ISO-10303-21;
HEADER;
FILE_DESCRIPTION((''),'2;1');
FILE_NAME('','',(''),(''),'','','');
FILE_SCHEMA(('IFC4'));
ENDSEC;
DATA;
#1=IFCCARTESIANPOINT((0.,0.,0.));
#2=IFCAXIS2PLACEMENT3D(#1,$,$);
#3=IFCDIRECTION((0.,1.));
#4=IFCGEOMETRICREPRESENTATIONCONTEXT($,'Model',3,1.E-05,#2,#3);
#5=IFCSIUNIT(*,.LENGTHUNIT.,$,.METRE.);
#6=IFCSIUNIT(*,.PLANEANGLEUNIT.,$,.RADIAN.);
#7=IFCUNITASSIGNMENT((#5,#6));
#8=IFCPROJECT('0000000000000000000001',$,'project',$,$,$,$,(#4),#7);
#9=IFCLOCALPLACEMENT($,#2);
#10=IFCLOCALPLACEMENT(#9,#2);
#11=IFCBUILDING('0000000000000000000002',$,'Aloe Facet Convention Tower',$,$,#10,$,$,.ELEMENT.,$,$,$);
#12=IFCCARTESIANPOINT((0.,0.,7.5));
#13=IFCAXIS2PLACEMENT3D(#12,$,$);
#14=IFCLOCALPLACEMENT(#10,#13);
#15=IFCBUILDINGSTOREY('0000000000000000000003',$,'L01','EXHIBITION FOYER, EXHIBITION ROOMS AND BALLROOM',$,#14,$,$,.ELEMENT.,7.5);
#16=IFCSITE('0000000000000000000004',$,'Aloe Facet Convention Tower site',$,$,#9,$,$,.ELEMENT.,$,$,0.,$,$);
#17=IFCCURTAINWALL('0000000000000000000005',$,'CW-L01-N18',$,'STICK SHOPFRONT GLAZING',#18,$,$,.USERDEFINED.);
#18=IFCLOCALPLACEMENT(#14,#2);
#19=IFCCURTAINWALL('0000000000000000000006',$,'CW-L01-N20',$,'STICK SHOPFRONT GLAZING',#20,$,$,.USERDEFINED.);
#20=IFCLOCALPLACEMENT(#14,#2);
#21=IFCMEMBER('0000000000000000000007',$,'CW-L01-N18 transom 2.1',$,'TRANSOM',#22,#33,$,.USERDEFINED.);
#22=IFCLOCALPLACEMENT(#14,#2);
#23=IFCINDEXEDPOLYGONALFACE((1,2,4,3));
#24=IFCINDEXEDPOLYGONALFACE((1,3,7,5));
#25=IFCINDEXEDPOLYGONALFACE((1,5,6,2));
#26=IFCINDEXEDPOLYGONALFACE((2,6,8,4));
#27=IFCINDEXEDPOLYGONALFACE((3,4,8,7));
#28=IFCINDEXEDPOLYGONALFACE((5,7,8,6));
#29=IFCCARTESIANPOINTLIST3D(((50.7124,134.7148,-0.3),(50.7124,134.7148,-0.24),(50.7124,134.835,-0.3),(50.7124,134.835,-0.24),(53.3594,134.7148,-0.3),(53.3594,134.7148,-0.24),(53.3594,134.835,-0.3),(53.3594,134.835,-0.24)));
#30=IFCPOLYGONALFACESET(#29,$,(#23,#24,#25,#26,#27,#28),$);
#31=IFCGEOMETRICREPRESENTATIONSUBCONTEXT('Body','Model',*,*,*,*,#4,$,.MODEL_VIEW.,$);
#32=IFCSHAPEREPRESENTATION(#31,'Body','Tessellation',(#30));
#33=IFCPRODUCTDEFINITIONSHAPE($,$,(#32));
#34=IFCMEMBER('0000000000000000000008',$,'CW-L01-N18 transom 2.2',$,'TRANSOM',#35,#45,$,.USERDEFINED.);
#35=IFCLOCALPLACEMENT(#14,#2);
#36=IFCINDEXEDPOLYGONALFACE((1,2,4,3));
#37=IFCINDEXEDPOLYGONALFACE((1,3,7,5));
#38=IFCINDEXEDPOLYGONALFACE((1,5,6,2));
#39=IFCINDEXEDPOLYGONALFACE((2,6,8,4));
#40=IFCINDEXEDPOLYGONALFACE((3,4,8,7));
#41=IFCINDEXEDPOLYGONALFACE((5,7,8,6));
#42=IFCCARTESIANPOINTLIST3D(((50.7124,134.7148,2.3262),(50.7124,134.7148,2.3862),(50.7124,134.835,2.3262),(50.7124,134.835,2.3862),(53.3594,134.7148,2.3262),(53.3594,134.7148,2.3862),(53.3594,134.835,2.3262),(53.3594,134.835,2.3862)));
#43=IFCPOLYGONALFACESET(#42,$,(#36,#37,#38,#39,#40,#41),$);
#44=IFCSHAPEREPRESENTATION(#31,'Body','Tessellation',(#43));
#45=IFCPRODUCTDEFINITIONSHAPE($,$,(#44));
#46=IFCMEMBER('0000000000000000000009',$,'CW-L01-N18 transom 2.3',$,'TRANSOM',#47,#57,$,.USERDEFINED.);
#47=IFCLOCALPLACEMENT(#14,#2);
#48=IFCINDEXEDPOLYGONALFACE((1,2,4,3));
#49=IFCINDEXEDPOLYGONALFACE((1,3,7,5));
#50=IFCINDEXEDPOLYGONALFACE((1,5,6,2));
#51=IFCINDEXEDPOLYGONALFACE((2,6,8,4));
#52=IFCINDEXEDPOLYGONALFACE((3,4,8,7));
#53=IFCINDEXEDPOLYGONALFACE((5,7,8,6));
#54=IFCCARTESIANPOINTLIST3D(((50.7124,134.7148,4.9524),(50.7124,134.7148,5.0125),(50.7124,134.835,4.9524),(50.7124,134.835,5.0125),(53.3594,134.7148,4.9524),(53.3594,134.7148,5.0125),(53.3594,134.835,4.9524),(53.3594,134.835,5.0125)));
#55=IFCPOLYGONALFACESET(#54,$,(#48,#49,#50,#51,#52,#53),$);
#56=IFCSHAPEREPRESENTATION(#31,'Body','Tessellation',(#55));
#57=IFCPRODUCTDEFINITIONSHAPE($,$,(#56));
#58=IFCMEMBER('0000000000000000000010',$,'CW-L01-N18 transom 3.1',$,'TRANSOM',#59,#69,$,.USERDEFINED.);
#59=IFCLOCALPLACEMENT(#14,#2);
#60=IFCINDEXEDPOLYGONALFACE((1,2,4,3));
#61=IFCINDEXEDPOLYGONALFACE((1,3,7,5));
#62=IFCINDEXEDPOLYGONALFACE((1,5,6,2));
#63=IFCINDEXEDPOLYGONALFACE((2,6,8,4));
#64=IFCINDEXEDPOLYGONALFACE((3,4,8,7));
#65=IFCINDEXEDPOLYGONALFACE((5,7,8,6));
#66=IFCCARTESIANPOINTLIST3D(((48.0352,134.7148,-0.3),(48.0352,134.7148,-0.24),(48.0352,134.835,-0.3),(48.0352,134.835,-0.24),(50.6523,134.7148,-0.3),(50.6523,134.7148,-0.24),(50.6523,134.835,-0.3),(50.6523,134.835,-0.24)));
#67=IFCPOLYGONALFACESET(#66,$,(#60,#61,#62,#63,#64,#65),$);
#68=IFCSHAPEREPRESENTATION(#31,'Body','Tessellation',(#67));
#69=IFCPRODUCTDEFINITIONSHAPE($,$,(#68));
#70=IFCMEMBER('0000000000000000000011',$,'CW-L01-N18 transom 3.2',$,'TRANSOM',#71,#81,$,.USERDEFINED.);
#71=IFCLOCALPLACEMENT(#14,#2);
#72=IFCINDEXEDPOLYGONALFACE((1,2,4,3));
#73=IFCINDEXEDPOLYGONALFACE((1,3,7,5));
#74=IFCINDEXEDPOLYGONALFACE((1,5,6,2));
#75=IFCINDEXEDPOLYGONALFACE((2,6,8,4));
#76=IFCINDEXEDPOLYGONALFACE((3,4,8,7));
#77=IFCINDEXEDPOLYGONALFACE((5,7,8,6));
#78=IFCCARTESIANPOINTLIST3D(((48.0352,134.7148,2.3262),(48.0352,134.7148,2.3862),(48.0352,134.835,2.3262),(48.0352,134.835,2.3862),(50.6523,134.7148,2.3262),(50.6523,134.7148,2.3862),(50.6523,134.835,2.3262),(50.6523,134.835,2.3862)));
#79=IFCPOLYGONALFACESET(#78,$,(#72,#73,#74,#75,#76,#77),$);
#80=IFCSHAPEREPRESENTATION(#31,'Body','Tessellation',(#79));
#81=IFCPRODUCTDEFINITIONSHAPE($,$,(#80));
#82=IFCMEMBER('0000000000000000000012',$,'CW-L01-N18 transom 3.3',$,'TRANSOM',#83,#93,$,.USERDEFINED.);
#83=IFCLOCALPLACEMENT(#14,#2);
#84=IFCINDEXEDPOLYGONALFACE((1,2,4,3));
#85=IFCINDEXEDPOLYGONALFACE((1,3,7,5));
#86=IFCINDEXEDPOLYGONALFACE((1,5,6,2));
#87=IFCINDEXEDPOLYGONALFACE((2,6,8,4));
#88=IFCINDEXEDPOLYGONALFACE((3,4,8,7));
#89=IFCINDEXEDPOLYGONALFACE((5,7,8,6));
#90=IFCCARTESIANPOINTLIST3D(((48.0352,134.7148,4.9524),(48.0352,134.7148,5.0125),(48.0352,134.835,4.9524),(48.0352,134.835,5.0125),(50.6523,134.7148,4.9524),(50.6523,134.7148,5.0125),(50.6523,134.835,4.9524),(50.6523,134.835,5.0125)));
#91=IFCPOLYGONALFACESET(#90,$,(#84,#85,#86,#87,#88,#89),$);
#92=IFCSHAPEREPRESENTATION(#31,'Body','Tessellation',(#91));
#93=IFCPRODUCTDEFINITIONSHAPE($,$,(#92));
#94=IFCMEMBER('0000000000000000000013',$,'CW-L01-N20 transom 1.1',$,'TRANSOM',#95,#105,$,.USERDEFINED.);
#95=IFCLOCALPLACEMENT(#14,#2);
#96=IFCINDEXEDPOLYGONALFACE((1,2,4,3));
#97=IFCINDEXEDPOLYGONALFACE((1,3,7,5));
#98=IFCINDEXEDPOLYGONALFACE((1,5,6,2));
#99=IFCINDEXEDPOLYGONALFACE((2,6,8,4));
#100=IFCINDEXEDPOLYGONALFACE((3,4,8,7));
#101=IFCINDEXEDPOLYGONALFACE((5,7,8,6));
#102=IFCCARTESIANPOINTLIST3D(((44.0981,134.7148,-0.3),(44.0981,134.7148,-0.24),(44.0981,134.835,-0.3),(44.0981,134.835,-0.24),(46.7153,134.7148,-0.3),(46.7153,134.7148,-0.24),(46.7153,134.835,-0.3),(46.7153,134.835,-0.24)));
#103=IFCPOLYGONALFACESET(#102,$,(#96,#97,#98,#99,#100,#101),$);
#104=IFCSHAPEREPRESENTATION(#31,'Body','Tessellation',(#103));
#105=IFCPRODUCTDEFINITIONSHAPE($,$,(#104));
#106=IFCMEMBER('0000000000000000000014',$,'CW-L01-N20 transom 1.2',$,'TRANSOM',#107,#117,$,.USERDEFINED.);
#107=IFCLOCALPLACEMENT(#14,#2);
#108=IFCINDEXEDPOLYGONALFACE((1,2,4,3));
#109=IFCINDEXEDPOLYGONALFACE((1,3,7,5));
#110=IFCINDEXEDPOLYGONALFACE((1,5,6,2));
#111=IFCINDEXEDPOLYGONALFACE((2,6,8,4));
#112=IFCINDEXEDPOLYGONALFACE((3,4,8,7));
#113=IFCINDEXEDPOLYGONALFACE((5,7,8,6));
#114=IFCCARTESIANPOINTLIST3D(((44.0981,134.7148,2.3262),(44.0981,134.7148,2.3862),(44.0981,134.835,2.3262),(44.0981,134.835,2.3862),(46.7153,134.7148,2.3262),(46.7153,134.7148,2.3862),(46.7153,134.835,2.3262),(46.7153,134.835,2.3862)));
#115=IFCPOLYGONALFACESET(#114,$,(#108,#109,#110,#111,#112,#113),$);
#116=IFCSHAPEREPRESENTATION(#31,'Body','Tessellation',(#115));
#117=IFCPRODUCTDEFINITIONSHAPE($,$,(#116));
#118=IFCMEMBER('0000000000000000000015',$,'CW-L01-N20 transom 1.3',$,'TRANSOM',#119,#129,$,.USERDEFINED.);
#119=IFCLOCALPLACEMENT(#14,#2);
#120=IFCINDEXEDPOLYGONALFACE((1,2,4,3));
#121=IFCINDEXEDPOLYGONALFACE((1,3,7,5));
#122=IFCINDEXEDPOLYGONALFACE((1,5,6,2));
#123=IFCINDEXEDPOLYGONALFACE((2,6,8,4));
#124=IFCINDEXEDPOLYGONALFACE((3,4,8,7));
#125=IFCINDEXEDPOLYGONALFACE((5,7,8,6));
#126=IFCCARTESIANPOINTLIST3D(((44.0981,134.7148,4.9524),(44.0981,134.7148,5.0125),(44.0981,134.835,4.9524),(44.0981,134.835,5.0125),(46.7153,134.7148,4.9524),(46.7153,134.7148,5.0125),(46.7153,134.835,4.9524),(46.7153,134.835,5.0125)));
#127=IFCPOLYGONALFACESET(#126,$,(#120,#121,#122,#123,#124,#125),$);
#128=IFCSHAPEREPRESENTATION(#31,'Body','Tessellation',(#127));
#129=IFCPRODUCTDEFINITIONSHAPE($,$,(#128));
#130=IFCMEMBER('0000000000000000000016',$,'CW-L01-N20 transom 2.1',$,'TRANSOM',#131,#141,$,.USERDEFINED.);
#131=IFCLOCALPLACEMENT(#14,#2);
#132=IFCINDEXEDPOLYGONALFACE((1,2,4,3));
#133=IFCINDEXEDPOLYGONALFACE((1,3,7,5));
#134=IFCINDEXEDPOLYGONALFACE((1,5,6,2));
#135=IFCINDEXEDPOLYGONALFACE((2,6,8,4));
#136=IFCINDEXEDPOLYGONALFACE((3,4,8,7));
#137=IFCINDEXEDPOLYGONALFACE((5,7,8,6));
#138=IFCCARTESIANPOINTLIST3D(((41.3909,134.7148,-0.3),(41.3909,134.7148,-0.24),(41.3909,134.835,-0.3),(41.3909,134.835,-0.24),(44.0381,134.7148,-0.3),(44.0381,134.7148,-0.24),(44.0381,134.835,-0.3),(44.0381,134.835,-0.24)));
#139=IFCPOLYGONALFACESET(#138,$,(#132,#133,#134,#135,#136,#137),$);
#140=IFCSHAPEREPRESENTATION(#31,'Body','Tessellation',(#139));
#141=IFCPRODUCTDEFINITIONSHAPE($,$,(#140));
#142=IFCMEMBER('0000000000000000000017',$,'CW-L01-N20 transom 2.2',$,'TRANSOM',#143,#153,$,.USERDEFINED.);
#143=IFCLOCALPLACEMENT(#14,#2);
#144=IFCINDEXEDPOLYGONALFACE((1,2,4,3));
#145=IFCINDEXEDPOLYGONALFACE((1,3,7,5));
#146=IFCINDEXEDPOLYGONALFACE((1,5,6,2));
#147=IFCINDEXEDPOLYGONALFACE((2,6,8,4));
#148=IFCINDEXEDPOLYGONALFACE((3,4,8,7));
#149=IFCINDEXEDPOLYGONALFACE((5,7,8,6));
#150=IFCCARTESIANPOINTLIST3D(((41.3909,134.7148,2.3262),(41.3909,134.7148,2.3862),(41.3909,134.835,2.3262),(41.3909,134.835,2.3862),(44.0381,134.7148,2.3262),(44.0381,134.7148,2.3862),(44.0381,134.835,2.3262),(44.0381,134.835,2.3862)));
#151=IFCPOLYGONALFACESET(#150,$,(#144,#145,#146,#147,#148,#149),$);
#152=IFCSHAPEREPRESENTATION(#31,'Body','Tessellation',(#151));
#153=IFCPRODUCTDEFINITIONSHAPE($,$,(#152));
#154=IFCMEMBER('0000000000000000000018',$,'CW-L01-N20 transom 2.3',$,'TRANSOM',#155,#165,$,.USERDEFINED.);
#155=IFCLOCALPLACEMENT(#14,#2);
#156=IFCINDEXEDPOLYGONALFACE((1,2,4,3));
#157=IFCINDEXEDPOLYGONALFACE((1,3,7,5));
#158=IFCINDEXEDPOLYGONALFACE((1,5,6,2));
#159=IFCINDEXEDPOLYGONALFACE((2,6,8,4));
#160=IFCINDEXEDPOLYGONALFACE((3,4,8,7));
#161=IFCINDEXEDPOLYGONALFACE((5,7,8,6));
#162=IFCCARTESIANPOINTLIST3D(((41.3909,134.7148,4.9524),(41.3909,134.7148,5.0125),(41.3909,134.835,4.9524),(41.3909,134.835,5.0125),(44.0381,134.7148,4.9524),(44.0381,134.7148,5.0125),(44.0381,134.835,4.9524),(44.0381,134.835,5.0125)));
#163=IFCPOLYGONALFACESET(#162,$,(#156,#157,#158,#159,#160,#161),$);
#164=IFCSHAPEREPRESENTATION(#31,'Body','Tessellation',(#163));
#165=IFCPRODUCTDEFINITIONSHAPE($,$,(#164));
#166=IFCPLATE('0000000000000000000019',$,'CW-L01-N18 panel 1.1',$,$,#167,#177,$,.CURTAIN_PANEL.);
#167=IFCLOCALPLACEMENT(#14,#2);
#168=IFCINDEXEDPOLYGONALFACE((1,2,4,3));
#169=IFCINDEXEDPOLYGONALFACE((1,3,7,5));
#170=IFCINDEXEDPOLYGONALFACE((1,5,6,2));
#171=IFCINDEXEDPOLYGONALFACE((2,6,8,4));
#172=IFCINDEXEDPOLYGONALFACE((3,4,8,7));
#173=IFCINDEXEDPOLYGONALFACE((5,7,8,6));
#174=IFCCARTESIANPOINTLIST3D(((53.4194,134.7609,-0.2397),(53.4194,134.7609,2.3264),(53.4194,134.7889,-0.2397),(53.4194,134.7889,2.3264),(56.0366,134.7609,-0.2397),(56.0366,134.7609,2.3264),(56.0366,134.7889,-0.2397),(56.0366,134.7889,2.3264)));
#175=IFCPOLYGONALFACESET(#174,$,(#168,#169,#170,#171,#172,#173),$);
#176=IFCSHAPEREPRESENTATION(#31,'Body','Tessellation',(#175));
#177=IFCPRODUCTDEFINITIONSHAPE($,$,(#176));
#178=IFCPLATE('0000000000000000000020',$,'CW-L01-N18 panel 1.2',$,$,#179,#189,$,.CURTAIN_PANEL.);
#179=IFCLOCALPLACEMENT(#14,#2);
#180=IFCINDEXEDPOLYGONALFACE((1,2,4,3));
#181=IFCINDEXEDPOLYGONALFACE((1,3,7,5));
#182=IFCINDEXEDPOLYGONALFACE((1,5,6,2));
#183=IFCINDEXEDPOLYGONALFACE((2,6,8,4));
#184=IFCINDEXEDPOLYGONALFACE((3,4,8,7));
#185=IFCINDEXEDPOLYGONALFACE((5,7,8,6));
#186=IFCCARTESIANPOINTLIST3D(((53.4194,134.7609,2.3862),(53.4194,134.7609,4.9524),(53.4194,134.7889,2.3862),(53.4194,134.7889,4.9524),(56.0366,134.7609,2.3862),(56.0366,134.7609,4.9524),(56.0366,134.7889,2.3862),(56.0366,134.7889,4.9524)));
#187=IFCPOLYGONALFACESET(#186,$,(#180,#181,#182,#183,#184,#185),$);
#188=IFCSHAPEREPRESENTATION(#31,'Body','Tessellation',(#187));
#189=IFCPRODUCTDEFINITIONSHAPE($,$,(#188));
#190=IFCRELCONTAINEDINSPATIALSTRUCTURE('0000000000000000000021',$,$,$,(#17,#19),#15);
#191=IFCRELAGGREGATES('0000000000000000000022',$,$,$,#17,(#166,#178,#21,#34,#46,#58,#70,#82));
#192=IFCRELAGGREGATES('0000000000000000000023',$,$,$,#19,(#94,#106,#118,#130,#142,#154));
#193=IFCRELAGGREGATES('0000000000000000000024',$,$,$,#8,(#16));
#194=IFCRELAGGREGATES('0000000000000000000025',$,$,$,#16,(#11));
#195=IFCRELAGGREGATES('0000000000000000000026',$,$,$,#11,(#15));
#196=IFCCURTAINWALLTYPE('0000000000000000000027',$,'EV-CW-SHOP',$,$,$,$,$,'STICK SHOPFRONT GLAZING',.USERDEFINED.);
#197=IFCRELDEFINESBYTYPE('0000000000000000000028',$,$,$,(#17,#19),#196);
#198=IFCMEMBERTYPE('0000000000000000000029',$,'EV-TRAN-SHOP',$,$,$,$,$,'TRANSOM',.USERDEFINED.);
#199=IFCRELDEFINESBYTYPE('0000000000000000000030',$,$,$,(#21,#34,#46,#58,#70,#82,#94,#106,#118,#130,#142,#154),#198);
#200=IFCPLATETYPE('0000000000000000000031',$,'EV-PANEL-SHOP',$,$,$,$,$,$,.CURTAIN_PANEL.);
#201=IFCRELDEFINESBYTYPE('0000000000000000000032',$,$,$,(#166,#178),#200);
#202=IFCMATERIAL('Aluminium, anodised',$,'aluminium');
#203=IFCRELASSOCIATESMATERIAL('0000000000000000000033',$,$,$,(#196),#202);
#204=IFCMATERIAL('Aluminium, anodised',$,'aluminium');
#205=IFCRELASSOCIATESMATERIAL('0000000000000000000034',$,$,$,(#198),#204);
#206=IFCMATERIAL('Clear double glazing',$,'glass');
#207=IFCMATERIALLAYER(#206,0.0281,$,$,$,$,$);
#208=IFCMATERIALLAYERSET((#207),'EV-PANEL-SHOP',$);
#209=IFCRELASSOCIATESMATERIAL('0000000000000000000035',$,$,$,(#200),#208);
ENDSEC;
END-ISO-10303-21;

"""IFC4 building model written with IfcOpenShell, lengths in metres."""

from ifc_helpers import new_model, si_unit, direction, frame, origin, origin_2d, place, context, subcontext, project, spatial, rectangle, extrude, material, layer, layer_set, material_profile, profile_set, type_object, element, aggregate, save


model = new_model("IFC4")

# Units and contexts
model_context = context("Model", 3, precision=1e-05, world=origin(), true_north=direction((0.0, 1.0)))
body_context = subcontext(model_context, "Body", "Model", "MODEL_VIEW")
ifc_project = project(units=[si_unit("LENGTHUNIT", "METRE"), si_unit("PLANEANGLEUNIT", "RADIAN")], contexts=[model_context])

# Site, building, storey
site_placement = place(None, origin())
site = spatial("IfcSite", under=ifc_project, at=site_placement, Name="Aloe Facet Convention Tower site", CompositionType="ELEMENT", RefElevation=0.0)
building_placement = place(site_placement, origin())
building = spatial("IfcBuilding", under=site, at=building_placement, Name="Aloe Facet Convention Tower", CompositionType="ELEMENT")
storey_placement = place(building_placement, frame((0.0, 0.0, 7.5)))
storey = spatial("IfcBuildingStorey", under=building, at=storey_placement, Name="L01", Description="EXHIBITION FOYER, EXHIBITION ROOMS AND BALLROOM", CompositionType="ELEMENT", Elevation=7.5)

# Curtain walls
ifc_material_1 = material(Name="Aluminium, anodised", Category="aluminium")
curtain_wall_type = type_object("IfcCurtainWallType", Name="EV-CW-SHOP", ElementType="STICK SHOPFRONT GLAZING", PredefinedType="USERDEFINED", material=ifc_material_1)
curtain_wall_1_placement = place(storey_placement, origin())
curtain_wall_1 = element("IfcCurtainWall", 1, at=curtain_wall_1_placement, inside=storey, type_object=curtain_wall_type, Name="CW-L01-N18", ObjectType="STICK SHOPFRONT GLAZING", PredefinedType="USERDEFINED")
curtain_wall_2_placement = place(storey_placement, origin())
curtain_wall_2 = element("IfcCurtainWall", 2, at=curtain_wall_2_placement, inside=storey, type_object=curtain_wall_type, Name="CW-L01-N20", ObjectType="STICK SHOPFRONT GLAZING", PredefinedType="USERDEFINED")

# Members
ifc_material_2 = material(Name="Aluminium, anodised", Category="aluminium")
ifc_material_profile_1 = material_profile(ifc_material_2, rectangle(XDim=0.1201, YDim=0.0601, at=origin_2d()), Name="AL 120x60")
ifc_profile_set_1 = profile_set([ifc_material_profile_1], Name="Aluminium, anodised")
member_type_1 = type_object("IfcMemberType", Name="EV-TRAN-SHOP", ElementType="TRANSOM", PredefinedType="USERDEFINED", material=ifc_profile_set_1)
member_1_placement = place(storey_placement, frame((53.3594, 134.7749, -0.27), z_axis=(-1.0, 0.0, 0.0), x_axis=(0.0, -1.0, 0.0)))
member_1 = element("IfcMember", 3, at=member_1_placement, type_object=member_type_1, Name="CW-L01-N18 transom 2.1", ObjectType="TRANSOM", PredefinedType="USERDEFINED", context=body_context, shape_type="SweptSolid", body=[
    extrude(rectangle(XDim=0.1201, YDim=0.0601, at=origin_2d()), origin(), (0.0, 0.0, 1.0), 2.647),
])
member_2_placement = place(storey_placement, frame((53.3594, 134.7749, 2.3562), z_axis=(-1.0, 0.0, 0.0), x_axis=(0.0, -1.0, 0.0)))
member_2 = element("IfcMember", 4, at=member_2_placement, type_object=member_type_1, Name="CW-L01-N18 transom 2.2", ObjectType="TRANSOM", PredefinedType="USERDEFINED", context=body_context, shape_type="SweptSolid", body=[
    extrude(rectangle(XDim=0.1201, YDim=0.0601, at=origin_2d()), origin(), (0.0, 0.0, 1.0), 2.647),
])
member_3_placement = place(storey_placement, frame((53.3594, 134.7749, 4.9824), z_axis=(-1.0, 0.0, 0.0), x_axis=(0.0, -1.0, 0.0)))
member_3 = element("IfcMember", 5, at=member_3_placement, type_object=member_type_1, Name="CW-L01-N18 transom 2.3", ObjectType="TRANSOM", PredefinedType="USERDEFINED", context=body_context, shape_type="SweptSolid", body=[
    extrude(rectangle(XDim=0.1201, YDim=0.0601, at=origin_2d()), origin(), (0.0, 0.0, 1.0), 2.647),
])
member_4_placement = place(storey_placement, frame((50.6523, 134.7749, -0.27), z_axis=(-1.0, 0.0, 0.0), x_axis=(0.0, -1.0, 0.0)))
member_4 = element("IfcMember", 6, at=member_4_placement, type_object=member_type_1, Name="CW-L01-N18 transom 3.1", ObjectType="TRANSOM", PredefinedType="USERDEFINED", context=body_context, shape_type="SweptSolid", body=[
    extrude(rectangle(XDim=0.1201, YDim=0.0601, at=origin_2d()), origin(), (0.0, 0.0, 1.0), 2.6172),
])
member_5_placement = place(storey_placement, frame((50.6523, 134.7749, 2.3562), z_axis=(-1.0, 0.0, 0.0), x_axis=(0.0, -1.0, 0.0)))
member_5 = element("IfcMember", 7, at=member_5_placement, type_object=member_type_1, Name="CW-L01-N18 transom 3.2", ObjectType="TRANSOM", PredefinedType="USERDEFINED", context=body_context, shape_type="SweptSolid", body=[
    extrude(rectangle(XDim=0.1201, YDim=0.0601, at=origin_2d()), origin(), (0.0, 0.0, 1.0), 2.6172),
])
member_6_placement = place(storey_placement, frame((50.6523, 134.7749, 4.9824), z_axis=(-1.0, 0.0, 0.0), x_axis=(0.0, -1.0, 0.0)))
member_6 = element("IfcMember", 8, at=member_6_placement, type_object=member_type_1, Name="CW-L01-N18 transom 3.3", ObjectType="TRANSOM", PredefinedType="USERDEFINED", context=body_context, shape_type="SweptSolid", body=[
    extrude(rectangle(XDim=0.1201, YDim=0.0601, at=origin_2d()), origin(), (0.0, 0.0, 1.0), 2.6172),
])
member_7_placement = place(storey_placement, frame((46.7153, 134.7749, -0.27), z_axis=(-1.0, 0.0, 0.0), x_axis=(0.0, -1.0, 0.0)))
member_7 = element("IfcMember", 9, at=member_7_placement, type_object=member_type_1, Name="CW-L01-N20 transom 1.1", ObjectType="TRANSOM", PredefinedType="USERDEFINED", context=body_context, shape_type="SweptSolid", body=[
    extrude(rectangle(XDim=0.1201, YDim=0.0601, at=origin_2d()), origin(), (0.0, 0.0, 1.0), 2.6172),
])
member_8_placement = place(storey_placement, frame((46.7153, 134.7749, 2.3562), z_axis=(-1.0, 0.0, 0.0), x_axis=(0.0, -1.0, 0.0)))
member_8 = element("IfcMember", 10, at=member_8_placement, type_object=member_type_1, Name="CW-L01-N20 transom 1.2", ObjectType="TRANSOM", PredefinedType="USERDEFINED", context=body_context, shape_type="SweptSolid", body=[
    extrude(rectangle(XDim=0.1201, YDim=0.0601, at=origin_2d()), origin(), (0.0, 0.0, 1.0), 2.6172),
])
member_9_placement = place(storey_placement, frame((46.7153, 134.7749, 4.9824), z_axis=(-1.0, 0.0, 0.0), x_axis=(0.0, -1.0, 0.0)))
member_9 = element("IfcMember", 11, at=member_9_placement, type_object=member_type_1, Name="CW-L01-N20 transom 1.3", ObjectType="TRANSOM", PredefinedType="USERDEFINED", context=body_context, shape_type="SweptSolid", body=[
    extrude(rectangle(XDim=0.1201, YDim=0.0601, at=origin_2d()), origin(), (0.0, 0.0, 1.0), 2.6172),
])
member_10_placement = place(storey_placement, frame((44.0381, 134.7749, -0.27), z_axis=(-1.0, 0.0, 0.0), x_axis=(0.0, -1.0, 0.0)))
member_10 = element("IfcMember", 12, at=member_10_placement, type_object=member_type_1, Name="CW-L01-N20 transom 2.1", ObjectType="TRANSOM", PredefinedType="USERDEFINED", context=body_context, shape_type="SweptSolid", body=[
    extrude(rectangle(XDim=0.1201, YDim=0.0601, at=origin_2d()), origin(), (0.0, 0.0, 1.0), 2.6472),
])
member_11_placement = place(storey_placement, frame((44.0381, 134.7749, 2.3562), z_axis=(-1.0, 0.0, 0.0), x_axis=(0.0, -1.0, 0.0)))
member_11 = element("IfcMember", 13, at=member_11_placement, type_object=member_type_1, Name="CW-L01-N20 transom 2.2", ObjectType="TRANSOM", PredefinedType="USERDEFINED", context=body_context, shape_type="SweptSolid", body=[
    extrude(rectangle(XDim=0.1201, YDim=0.0601, at=origin_2d()), origin(), (0.0, 0.0, 1.0), 2.6472),
])
member_12_placement = place(storey_placement, frame((44.0381, 134.7749, 4.9824), z_axis=(-1.0, 0.0, 0.0), x_axis=(0.0, -1.0, 0.0)))
member_12 = element("IfcMember", 14, at=member_12_placement, type_object=member_type_1, Name="CW-L01-N20 transom 2.3", ObjectType="TRANSOM", PredefinedType="USERDEFINED", context=body_context, shape_type="SweptSolid", body=[
    extrude(rectangle(XDim=0.1201, YDim=0.0601, at=origin_2d()), origin(), (0.0, 0.0, 1.0), 2.6472),
])

# Plates
ifc_material_3 = material(Name="Clear double glazing", Category="glass")
ifc_layer_1 = layer(ifc_material_3, 0.0281)
ifc_layer_set_1 = layer_set([ifc_layer_1], Name="EV-PANEL-SHOP")
plate_type = type_object("IfcPlateType", Name="EV-PANEL-SHOP", PredefinedType="CURTAIN_PANEL", material=ifc_layer_set_1)
plate_1_placement = place(storey_placement, frame((54.728, 134.7749, -0.2397), z_axis=(0.0, 0.0, 1.0), x_axis=(-1.0, 0.0, 0.0)))
plate_1 = element("IfcPlate", 15, at=plate_1_placement, type_object=plate_type, Name="CW-L01-N18 panel 1.1", PredefinedType="CURTAIN_PANEL", context=body_context, shape_type="SweptSolid", body=[
    extrude(rectangle(XDim=2.6172, YDim=0.0281, at=origin_2d()), origin(), (0.0, 0.0, 1.0), 2.5662),
])
plate_2_placement = place(storey_placement, frame((54.728, 134.7749, 2.3862), z_axis=(0.0, 0.0, 1.0), x_axis=(-1.0, 0.0, 0.0)))
plate_2 = element("IfcPlate", 16, at=plate_2_placement, type_object=plate_type, Name="CW-L01-N18 panel 1.2", PredefinedType="CURTAIN_PANEL", context=body_context, shape_type="SweptSolid", body=[
    extrude(rectangle(XDim=2.6172, YDim=0.0281, at=origin_2d()), origin(), (0.0, 0.0, 1.0), 2.5662),
])
aggregate(curtain_wall_1, [plate_1, plate_2, member_1, member_2, member_3, member_4, member_5, member_6])
aggregate(curtain_wall_2, [member_7, member_8, member_9, member_10, member_11, member_12])

save(model, "model.ifc")
